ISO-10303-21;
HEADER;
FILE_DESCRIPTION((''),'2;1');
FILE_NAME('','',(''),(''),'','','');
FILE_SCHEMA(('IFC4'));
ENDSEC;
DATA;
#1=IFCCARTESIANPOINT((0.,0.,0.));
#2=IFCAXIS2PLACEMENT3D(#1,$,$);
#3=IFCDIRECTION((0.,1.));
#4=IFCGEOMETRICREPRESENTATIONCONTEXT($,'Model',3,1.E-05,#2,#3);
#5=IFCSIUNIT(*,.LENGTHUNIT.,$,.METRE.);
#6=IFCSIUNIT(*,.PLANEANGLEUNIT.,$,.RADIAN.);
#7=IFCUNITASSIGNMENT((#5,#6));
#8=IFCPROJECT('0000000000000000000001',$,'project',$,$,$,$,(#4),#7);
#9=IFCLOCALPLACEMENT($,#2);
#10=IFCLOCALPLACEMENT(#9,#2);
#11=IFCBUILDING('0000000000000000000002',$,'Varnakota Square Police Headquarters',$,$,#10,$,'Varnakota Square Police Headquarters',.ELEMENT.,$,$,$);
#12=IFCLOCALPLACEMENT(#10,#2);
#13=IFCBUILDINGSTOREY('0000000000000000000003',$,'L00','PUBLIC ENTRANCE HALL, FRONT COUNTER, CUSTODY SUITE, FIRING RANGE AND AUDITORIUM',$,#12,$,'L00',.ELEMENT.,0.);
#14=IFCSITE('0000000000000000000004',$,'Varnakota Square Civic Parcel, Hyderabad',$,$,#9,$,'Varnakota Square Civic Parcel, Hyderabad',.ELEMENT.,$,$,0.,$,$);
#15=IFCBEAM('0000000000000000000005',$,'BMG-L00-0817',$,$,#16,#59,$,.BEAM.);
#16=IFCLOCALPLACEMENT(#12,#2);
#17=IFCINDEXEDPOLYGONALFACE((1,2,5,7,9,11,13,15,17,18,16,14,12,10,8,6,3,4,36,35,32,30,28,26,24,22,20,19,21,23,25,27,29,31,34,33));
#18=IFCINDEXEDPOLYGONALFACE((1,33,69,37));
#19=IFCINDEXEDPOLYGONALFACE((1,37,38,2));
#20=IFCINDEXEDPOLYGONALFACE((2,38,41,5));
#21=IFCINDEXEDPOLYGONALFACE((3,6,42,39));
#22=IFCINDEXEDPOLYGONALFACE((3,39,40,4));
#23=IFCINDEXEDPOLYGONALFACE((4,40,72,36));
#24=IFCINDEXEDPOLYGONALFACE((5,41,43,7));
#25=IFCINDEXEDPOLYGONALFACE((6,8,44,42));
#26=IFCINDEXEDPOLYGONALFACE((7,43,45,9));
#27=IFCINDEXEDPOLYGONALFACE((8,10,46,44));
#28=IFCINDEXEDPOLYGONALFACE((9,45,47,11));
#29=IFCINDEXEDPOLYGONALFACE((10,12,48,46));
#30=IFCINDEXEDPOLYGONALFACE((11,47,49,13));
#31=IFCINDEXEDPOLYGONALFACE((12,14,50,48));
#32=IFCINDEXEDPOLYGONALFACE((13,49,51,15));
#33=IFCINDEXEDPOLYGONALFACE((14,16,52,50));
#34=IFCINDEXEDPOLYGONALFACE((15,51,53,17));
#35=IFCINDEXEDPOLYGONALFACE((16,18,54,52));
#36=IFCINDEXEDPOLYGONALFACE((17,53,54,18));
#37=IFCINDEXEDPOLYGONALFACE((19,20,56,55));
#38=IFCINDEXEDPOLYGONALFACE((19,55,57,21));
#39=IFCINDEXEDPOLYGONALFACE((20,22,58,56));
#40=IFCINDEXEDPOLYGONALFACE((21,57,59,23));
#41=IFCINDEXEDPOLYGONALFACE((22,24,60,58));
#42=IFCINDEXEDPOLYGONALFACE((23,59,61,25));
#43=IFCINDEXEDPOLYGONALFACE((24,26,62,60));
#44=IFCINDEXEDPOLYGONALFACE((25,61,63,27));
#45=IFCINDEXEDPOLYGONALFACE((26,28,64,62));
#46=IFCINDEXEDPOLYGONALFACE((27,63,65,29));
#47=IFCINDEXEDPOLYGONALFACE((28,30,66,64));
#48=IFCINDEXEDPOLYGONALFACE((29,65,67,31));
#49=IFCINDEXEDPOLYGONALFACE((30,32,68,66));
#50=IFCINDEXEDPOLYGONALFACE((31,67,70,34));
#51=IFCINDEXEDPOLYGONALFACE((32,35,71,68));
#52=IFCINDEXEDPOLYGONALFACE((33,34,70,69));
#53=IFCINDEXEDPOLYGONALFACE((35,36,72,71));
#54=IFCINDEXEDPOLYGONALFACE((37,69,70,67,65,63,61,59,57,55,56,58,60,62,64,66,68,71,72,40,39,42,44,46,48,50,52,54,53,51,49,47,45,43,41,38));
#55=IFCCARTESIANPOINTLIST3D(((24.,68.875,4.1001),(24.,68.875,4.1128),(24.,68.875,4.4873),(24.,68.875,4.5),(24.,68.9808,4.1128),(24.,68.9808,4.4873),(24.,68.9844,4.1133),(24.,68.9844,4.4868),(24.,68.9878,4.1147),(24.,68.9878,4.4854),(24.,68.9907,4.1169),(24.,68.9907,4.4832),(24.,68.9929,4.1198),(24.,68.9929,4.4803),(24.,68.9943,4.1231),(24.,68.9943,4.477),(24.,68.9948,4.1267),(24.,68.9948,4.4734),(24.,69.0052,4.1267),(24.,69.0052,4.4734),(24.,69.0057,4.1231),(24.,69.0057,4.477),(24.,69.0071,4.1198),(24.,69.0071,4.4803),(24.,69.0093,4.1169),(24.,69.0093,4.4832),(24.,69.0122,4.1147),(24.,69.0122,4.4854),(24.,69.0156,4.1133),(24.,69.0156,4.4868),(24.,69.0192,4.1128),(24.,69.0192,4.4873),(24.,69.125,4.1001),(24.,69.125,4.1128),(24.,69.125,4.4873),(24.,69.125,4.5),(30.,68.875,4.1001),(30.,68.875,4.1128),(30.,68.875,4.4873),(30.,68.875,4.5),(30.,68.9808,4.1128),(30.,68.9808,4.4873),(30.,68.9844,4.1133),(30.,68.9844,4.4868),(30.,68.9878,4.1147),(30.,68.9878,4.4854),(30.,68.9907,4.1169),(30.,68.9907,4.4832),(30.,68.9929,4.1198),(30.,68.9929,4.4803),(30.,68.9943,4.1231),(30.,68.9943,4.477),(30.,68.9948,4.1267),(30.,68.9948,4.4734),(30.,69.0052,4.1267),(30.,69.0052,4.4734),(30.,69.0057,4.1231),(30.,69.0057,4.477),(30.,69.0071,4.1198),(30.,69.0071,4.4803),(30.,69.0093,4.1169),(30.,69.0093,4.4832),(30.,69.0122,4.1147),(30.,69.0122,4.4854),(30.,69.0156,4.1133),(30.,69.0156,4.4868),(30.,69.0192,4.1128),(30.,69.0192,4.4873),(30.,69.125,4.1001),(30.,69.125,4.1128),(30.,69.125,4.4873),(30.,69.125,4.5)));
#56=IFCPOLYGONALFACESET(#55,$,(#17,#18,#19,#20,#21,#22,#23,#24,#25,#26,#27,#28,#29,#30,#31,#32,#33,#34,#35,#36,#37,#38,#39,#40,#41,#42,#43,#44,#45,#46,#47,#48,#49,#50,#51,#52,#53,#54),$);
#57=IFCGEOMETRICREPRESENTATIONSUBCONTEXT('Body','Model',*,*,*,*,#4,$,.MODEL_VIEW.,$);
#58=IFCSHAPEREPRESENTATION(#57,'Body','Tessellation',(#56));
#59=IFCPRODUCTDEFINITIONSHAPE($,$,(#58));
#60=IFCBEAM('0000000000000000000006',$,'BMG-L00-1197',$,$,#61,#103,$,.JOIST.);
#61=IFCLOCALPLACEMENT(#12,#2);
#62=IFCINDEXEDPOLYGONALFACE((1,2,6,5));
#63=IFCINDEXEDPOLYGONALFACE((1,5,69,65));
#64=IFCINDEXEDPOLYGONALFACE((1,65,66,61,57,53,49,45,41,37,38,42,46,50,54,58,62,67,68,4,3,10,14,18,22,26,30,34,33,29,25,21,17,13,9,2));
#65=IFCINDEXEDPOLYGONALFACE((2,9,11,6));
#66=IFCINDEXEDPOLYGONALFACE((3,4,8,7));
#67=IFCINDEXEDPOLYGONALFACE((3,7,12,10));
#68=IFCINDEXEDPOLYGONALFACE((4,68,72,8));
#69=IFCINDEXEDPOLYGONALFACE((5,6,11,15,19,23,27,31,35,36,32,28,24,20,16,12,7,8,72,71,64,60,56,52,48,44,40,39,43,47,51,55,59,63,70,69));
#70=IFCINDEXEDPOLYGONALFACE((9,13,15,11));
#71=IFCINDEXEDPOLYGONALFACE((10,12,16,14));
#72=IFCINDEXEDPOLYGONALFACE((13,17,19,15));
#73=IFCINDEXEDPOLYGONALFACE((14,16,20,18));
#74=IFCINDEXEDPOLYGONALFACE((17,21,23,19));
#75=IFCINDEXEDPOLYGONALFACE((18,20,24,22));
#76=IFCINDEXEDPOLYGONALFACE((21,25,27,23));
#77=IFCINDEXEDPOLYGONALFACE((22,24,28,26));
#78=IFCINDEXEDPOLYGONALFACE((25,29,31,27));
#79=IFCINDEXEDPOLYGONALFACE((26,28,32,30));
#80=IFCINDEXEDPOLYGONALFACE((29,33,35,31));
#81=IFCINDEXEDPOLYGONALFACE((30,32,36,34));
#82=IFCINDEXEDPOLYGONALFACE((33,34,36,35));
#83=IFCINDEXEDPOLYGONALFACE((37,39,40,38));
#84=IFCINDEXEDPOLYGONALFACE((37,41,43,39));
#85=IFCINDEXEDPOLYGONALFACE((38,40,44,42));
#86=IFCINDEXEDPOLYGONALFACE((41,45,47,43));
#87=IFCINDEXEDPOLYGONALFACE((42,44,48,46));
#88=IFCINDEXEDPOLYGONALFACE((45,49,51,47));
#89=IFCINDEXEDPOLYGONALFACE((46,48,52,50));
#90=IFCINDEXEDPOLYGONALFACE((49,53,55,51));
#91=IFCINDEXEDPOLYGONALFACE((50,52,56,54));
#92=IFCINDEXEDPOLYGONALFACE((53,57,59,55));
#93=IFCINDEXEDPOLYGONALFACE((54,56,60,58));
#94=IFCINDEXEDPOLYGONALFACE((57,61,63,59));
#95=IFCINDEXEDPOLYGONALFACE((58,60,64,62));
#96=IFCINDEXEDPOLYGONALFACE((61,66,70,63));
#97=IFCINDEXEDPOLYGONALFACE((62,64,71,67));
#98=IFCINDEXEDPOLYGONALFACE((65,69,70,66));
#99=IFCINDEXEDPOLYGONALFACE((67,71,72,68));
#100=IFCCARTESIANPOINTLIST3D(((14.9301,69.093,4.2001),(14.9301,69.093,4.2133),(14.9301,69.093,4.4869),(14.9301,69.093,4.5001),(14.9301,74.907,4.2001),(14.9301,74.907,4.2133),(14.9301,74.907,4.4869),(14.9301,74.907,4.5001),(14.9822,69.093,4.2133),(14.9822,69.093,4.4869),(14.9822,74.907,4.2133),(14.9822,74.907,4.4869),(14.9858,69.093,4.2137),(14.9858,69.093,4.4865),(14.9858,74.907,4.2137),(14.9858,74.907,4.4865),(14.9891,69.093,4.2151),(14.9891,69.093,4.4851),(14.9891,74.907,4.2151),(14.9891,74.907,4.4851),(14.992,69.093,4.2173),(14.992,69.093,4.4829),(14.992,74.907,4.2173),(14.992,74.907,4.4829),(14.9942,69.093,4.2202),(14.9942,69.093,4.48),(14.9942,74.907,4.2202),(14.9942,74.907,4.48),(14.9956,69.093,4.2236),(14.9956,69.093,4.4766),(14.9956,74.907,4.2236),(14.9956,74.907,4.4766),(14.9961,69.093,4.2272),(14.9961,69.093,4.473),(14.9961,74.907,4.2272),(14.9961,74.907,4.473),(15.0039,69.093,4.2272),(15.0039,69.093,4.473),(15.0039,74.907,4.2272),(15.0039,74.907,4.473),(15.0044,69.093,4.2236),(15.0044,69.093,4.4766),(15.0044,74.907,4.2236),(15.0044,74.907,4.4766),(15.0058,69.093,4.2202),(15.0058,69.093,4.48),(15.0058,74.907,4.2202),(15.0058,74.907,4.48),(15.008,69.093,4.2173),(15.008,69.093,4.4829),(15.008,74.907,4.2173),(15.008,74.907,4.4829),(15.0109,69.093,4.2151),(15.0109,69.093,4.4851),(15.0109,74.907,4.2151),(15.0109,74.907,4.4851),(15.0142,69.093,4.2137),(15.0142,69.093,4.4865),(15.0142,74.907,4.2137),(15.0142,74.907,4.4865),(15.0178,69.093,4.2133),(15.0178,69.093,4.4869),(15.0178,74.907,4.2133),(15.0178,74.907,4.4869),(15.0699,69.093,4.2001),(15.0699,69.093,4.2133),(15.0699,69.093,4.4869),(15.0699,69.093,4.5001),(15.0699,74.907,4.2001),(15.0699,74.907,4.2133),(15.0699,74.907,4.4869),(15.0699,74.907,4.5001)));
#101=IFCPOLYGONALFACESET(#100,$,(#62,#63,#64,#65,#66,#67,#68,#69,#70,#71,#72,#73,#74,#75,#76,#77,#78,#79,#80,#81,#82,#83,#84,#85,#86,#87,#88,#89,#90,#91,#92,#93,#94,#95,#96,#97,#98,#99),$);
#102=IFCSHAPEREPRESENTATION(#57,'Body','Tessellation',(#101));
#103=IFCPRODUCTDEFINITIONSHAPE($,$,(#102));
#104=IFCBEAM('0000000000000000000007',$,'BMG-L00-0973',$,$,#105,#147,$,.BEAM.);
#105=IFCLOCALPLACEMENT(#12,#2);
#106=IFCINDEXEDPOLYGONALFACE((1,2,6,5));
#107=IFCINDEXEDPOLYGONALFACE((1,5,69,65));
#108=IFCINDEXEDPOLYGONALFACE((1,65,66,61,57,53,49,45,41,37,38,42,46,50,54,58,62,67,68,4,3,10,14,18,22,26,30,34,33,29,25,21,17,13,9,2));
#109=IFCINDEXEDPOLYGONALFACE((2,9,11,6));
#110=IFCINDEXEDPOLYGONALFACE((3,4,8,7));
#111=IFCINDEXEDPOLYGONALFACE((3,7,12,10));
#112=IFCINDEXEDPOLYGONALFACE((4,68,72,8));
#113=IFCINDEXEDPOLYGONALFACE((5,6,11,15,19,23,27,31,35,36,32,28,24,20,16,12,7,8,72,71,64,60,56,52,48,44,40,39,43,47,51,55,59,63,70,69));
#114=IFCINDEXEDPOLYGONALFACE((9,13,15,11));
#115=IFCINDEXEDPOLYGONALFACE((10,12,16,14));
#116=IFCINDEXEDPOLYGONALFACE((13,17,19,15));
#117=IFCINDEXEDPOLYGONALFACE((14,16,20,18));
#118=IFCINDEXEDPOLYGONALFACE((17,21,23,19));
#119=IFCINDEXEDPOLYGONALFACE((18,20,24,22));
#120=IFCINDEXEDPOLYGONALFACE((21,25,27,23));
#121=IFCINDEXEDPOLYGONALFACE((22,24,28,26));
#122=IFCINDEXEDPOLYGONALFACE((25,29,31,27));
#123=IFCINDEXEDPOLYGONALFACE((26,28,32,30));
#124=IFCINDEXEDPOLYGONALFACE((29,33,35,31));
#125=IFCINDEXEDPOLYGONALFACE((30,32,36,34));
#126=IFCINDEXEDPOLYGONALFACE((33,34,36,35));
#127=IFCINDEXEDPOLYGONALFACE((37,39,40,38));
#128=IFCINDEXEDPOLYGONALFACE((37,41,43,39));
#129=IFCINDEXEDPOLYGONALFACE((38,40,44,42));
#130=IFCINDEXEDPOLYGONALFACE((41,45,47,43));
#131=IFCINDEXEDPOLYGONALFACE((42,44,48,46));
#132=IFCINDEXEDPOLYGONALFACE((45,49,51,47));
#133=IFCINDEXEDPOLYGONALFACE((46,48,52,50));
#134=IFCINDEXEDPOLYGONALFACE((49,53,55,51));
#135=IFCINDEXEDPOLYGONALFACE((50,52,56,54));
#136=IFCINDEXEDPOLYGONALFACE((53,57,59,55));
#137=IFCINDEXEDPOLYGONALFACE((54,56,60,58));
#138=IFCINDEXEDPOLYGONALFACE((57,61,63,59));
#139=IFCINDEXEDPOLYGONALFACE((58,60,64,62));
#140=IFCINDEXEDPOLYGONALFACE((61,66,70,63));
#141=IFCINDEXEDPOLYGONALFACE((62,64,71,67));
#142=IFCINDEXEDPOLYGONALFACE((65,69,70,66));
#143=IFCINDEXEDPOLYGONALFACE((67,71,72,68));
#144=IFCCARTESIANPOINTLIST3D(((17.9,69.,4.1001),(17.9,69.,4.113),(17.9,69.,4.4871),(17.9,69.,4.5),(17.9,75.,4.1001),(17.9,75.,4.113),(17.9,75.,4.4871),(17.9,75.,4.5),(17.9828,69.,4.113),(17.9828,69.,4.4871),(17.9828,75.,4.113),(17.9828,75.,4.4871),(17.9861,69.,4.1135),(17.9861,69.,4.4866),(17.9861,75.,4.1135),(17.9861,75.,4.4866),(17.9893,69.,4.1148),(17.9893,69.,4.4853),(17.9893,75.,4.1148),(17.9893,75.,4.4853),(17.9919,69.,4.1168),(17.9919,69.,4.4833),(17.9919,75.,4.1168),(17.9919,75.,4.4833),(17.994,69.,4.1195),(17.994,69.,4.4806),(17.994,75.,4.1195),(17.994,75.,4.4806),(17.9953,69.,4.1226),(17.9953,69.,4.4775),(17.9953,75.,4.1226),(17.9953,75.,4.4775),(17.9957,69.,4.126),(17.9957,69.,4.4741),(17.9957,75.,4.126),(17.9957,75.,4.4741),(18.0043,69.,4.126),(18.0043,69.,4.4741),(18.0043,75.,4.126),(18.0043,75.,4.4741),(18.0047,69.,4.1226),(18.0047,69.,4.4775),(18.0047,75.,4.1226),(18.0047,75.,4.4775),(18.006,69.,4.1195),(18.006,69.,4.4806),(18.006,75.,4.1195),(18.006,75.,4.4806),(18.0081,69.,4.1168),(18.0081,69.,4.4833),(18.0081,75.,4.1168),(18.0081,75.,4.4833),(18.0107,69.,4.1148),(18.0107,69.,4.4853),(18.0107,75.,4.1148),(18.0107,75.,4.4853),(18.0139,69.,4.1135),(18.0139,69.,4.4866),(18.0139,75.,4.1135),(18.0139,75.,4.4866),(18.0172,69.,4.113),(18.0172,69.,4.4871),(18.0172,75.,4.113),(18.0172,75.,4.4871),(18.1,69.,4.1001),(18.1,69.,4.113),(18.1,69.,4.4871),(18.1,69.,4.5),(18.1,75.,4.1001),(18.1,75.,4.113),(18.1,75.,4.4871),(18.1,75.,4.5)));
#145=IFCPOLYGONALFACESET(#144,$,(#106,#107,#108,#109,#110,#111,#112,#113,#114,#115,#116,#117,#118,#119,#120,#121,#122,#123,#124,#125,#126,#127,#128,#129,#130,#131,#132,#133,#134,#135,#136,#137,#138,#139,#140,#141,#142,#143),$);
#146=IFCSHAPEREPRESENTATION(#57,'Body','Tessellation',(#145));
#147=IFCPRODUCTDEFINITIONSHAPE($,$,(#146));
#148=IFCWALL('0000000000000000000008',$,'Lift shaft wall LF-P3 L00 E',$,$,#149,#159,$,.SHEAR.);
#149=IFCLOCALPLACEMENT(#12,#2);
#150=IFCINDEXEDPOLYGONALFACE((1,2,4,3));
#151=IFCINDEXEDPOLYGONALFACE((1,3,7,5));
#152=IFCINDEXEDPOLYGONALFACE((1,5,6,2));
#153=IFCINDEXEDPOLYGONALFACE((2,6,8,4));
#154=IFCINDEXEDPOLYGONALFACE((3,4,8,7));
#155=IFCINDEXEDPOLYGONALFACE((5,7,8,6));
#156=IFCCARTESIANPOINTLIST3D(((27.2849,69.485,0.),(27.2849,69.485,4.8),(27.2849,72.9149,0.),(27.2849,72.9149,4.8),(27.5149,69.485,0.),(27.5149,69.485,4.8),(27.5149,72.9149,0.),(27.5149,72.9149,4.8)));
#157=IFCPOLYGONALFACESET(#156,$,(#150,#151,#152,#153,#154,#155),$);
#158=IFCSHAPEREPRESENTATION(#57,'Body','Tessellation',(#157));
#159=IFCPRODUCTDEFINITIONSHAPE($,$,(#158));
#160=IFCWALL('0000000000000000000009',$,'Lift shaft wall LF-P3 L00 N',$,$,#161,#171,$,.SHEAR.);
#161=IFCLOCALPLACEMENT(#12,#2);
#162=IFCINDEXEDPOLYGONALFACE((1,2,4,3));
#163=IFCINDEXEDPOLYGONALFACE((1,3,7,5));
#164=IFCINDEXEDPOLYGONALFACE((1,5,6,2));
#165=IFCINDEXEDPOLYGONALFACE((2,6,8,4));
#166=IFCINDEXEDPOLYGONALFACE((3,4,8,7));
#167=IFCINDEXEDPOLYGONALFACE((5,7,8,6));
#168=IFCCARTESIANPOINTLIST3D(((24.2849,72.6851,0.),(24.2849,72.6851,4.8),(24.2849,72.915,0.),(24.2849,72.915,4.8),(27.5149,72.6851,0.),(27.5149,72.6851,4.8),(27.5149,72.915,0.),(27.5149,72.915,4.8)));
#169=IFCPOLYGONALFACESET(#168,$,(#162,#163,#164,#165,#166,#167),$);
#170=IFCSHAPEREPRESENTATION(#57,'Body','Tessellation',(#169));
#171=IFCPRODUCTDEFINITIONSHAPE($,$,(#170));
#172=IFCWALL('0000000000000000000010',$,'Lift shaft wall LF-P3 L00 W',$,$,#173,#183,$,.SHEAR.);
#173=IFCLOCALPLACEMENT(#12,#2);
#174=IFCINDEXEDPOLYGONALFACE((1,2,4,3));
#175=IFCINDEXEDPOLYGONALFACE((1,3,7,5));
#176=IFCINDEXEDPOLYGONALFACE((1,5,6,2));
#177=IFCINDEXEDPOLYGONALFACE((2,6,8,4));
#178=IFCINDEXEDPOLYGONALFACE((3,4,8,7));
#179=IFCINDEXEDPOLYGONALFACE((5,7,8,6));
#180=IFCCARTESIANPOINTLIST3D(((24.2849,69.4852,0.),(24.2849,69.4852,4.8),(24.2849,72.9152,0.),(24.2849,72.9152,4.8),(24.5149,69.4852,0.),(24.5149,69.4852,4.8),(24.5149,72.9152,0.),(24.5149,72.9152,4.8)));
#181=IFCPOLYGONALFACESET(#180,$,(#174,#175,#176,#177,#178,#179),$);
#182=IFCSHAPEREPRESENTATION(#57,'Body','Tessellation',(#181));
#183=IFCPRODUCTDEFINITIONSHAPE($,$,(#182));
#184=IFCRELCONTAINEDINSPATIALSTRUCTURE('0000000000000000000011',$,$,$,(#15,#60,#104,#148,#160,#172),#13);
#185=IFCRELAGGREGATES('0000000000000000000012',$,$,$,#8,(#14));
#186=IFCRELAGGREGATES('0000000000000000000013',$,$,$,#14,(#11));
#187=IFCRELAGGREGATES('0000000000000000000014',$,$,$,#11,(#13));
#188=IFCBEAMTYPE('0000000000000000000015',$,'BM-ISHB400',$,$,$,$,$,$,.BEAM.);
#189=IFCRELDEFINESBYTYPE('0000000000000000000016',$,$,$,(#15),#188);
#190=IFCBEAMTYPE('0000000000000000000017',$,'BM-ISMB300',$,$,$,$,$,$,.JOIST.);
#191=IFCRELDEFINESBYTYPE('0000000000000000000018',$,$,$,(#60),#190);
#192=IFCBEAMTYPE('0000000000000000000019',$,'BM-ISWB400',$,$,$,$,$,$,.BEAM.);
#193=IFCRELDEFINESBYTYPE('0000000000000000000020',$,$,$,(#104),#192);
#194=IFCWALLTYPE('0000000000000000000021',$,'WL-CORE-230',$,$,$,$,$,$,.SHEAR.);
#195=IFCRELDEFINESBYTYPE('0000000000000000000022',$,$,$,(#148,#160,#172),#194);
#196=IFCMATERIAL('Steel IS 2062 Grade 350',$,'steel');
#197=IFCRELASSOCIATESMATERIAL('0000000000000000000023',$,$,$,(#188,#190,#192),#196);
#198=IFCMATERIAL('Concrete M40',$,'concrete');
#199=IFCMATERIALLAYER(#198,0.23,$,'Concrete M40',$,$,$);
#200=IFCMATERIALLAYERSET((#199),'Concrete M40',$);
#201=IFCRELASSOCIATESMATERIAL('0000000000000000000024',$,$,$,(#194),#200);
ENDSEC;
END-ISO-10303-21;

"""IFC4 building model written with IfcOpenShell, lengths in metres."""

from ifc_helpers import new_model, si_unit, direction, frame, frame_2d, origin, origin_2d, place, context, subcontext, project, spatial, rectangle, i_section, extrude, material, layer, layer_set, material_profile, profile_set, type_object, element, save


model = new_model("IFC4")

# Units and contexts
model_context = context("Model", 3, precision=1e-05, world=origin(), true_north=direction((0.0, 1.0)))
body_context = subcontext(model_context, "Body", "Model", "MODEL_VIEW")
ifc_project = project(units=[si_unit("LENGTHUNIT", "METRE"), si_unit("PLANEANGLEUNIT", "RADIAN")], contexts=[model_context])

# Site, building, storey
site_placement = place(None, origin())
site = spatial("IfcSite", under=ifc_project, at=site_placement, Name="Varnakota Square Civic Parcel, Hyderabad", LongName="Varnakota Square Civic Parcel, Hyderabad", CompositionType="ELEMENT", RefElevation=0.0)
building_placement = place(site_placement, origin())
building = spatial("IfcBuilding", under=site, at=building_placement, Name="Varnakota Square Police Headquarters", LongName="Varnakota Square Police Headquarters", CompositionType="ELEMENT")
storey_placement = place(building_placement, origin())
storey = spatial("IfcBuildingStorey", under=building, at=storey_placement, Name="L00", Description="PUBLIC ENTRANCE HALL, FRONT COUNTER, CUSTODY SUITE, FIRING RANGE AND AUDITORIUM", LongName="L00", CompositionType="ELEMENT", Elevation=0.0)

# Beams
ifc_material_1 = material(Name="Steel IS 2062 Grade 350", Category="steel")
ifc_material_profile_1 = material_profile(ifc_material_1, i_section(OverallWidth=0.25, OverallDepth=0.3999, WebThickness=0.0105, FlangeThickness=0.0127, FilletRadius=0.0139, at=origin_2d()), Name="ISHB 400")
ifc_profile_set_1 = profile_set([ifc_material_profile_1], Name="Steel IS 2062 Grade 350")
beam_type_1 = type_object("IfcBeamType", Name="BM-ISHB400", PredefinedType="BEAM", material=ifc_profile_set_1)
beam_1_placement = place(storey_placement, frame((24.0, 69.0, 4.3), z_axis=(1.0, 0.0, 0.0), x_axis=(0.0, 1.0, 0.0)))
element("IfcBeam", 1, at=beam_1_placement, inside=storey, type_object=beam_type_1, Name="BMG-L00-0817", PredefinedType="BEAM", context=body_context, shape_type="SweptSolid", body=[
    extrude(i_section(OverallWidth=0.25, OverallDepth=0.3999, WebThickness=0.0105, FlangeThickness=0.0127, FilletRadius=0.0139, at=origin_2d()), origin(), (0.0, 0.0, 1.0), 6.0),
])
ifc_material_profile_2 = material_profile(ifc_material_1, i_section(OverallWidth=0.1399, OverallDepth=0.3, WebThickness=0.0078, FlangeThickness=0.0132, FilletRadius=0.0139, at=origin_2d()), Name="ISMB 300")
ifc_profile_set_2 = profile_set([ifc_material_profile_2], Name="Steel IS 2062 Grade 350")
beam_type_2 = type_object("IfcBeamType", Name="BM-ISMB300", PredefinedType="JOIST", material=ifc_profile_set_2)
beam_2_placement = place(storey_placement, frame((15.0, 69.093, 4.3501), z_axis=(0.0, 1.0, 0.0), x_axis=(-1.0, 0.0, 0.0)))
element("IfcBeam", 2, at=beam_2_placement, inside=storey, type_object=beam_type_2, Name="BMG-L00-1197", PredefinedType="JOIST", context=body_context, shape_type="SweptSolid", body=[
    extrude(i_section(OverallWidth=0.1399, OverallDepth=0.3, WebThickness=0.0078, FlangeThickness=0.0132, FilletRadius=0.0139, at=origin_2d()), origin(), (0.0, 0.0, 1.0), 5.814),
])
ifc_material_profile_3 = material_profile(ifc_material_1, i_section(OverallWidth=0.2, OverallDepth=0.3999, WebThickness=0.0085, FlangeThickness=0.0129, FilletRadius=0.0129, at=origin_2d()), Name="ISWB 400")
ifc_profile_set_3 = profile_set([ifc_material_profile_3], Name="Steel IS 2062 Grade 350")
beam_type_3 = type_object("IfcBeamType", Name="BM-ISWB400", PredefinedType="BEAM", material=ifc_profile_set_3)
beam_3_placement = place(storey_placement, frame((18.0, 69.0, 4.3), z_axis=(0.0, 1.0, 0.0), x_axis=(-1.0, 0.0, 0.0)))
element("IfcBeam", 3, at=beam_3_placement, inside=storey, type_object=beam_type_3, Name="BMG-L00-0973", PredefinedType="BEAM", context=body_context, shape_type="SweptSolid", body=[
    extrude(i_section(OverallWidth=0.2, OverallDepth=0.3999, WebThickness=0.0085, FlangeThickness=0.0129, FilletRadius=0.0129, at=origin_2d()), origin(), (0.0, 0.0, 1.0), 6.0),
])

# Shared definitions
ifc_material_2 = material(Name="Concrete M40", Category="concrete")
ifc_layer_1 = layer(ifc_material_2, 0.23, Name="Concrete M40")
ifc_layer_set_1 = layer_set([ifc_layer_1], Name="Concrete M40")
wall_type_1 = type_object("IfcWallType", Name="WL-CORE-230", PredefinedType="SHEAR", material=ifc_layer_set_1)

# Walls
wall_1_placement = place(storey_placement, frame((27.3999, 69.4851, 0.0), z_axis=(0.0, 0.0, 1.0), x_axis=(0.0, 1.0, 0.0)))
element("IfcWall", 4, at=wall_1_placement, inside=storey, type_object=wall_type_1, Name="Lift shaft wall LF-P3 L00 E", PredefinedType="SHEAR", context=body_context, shape_type="SweptSolid", body=[
    extrude(rectangle(XDim=3.4299, YDim=0.23, at=frame_2d((1.7148, 0.0))), origin(), (0.0, 0.0, 1.0), 4.8),
])
wall_2_placement = place(storey_placement, frame((27.5149, 72.8, 0.0), z_axis=(0.0, 0.0, 1.0), x_axis=(-1.0, 0.0, 0.0)))
element("IfcWall", 5, at=wall_2_placement, inside=storey, type_object=wall_type_1, Name="Lift shaft wall LF-P3 L00 N", PredefinedType="SHEAR", context=body_context, shape_type="SweptSolid", body=[
    extrude(rectangle(XDim=3.23, YDim=0.23, at=frame_2d((1.615, 0.0))), origin(), (0.0, 0.0, 1.0), 4.8),
])
wall_3_placement = place(storey_placement, frame((24.3999, 72.915, 0.0), z_axis=(0.0, 0.0, 1.0), x_axis=(0.0, -1.0, 0.0)))
element("IfcWall", 6, at=wall_3_placement, inside=storey, type_object=wall_type_1, Name="Lift shaft wall LF-P3 L00 W", PredefinedType="SHEAR", context=body_context, shape_type="SweptSolid", body=[
    extrude(rectangle(XDim=3.4299, YDim=0.23, at=frame_2d((1.7148, 0.0))), origin(), (0.0, 0.0, 1.0), 4.8),
])

save(model, "model.ifc")
